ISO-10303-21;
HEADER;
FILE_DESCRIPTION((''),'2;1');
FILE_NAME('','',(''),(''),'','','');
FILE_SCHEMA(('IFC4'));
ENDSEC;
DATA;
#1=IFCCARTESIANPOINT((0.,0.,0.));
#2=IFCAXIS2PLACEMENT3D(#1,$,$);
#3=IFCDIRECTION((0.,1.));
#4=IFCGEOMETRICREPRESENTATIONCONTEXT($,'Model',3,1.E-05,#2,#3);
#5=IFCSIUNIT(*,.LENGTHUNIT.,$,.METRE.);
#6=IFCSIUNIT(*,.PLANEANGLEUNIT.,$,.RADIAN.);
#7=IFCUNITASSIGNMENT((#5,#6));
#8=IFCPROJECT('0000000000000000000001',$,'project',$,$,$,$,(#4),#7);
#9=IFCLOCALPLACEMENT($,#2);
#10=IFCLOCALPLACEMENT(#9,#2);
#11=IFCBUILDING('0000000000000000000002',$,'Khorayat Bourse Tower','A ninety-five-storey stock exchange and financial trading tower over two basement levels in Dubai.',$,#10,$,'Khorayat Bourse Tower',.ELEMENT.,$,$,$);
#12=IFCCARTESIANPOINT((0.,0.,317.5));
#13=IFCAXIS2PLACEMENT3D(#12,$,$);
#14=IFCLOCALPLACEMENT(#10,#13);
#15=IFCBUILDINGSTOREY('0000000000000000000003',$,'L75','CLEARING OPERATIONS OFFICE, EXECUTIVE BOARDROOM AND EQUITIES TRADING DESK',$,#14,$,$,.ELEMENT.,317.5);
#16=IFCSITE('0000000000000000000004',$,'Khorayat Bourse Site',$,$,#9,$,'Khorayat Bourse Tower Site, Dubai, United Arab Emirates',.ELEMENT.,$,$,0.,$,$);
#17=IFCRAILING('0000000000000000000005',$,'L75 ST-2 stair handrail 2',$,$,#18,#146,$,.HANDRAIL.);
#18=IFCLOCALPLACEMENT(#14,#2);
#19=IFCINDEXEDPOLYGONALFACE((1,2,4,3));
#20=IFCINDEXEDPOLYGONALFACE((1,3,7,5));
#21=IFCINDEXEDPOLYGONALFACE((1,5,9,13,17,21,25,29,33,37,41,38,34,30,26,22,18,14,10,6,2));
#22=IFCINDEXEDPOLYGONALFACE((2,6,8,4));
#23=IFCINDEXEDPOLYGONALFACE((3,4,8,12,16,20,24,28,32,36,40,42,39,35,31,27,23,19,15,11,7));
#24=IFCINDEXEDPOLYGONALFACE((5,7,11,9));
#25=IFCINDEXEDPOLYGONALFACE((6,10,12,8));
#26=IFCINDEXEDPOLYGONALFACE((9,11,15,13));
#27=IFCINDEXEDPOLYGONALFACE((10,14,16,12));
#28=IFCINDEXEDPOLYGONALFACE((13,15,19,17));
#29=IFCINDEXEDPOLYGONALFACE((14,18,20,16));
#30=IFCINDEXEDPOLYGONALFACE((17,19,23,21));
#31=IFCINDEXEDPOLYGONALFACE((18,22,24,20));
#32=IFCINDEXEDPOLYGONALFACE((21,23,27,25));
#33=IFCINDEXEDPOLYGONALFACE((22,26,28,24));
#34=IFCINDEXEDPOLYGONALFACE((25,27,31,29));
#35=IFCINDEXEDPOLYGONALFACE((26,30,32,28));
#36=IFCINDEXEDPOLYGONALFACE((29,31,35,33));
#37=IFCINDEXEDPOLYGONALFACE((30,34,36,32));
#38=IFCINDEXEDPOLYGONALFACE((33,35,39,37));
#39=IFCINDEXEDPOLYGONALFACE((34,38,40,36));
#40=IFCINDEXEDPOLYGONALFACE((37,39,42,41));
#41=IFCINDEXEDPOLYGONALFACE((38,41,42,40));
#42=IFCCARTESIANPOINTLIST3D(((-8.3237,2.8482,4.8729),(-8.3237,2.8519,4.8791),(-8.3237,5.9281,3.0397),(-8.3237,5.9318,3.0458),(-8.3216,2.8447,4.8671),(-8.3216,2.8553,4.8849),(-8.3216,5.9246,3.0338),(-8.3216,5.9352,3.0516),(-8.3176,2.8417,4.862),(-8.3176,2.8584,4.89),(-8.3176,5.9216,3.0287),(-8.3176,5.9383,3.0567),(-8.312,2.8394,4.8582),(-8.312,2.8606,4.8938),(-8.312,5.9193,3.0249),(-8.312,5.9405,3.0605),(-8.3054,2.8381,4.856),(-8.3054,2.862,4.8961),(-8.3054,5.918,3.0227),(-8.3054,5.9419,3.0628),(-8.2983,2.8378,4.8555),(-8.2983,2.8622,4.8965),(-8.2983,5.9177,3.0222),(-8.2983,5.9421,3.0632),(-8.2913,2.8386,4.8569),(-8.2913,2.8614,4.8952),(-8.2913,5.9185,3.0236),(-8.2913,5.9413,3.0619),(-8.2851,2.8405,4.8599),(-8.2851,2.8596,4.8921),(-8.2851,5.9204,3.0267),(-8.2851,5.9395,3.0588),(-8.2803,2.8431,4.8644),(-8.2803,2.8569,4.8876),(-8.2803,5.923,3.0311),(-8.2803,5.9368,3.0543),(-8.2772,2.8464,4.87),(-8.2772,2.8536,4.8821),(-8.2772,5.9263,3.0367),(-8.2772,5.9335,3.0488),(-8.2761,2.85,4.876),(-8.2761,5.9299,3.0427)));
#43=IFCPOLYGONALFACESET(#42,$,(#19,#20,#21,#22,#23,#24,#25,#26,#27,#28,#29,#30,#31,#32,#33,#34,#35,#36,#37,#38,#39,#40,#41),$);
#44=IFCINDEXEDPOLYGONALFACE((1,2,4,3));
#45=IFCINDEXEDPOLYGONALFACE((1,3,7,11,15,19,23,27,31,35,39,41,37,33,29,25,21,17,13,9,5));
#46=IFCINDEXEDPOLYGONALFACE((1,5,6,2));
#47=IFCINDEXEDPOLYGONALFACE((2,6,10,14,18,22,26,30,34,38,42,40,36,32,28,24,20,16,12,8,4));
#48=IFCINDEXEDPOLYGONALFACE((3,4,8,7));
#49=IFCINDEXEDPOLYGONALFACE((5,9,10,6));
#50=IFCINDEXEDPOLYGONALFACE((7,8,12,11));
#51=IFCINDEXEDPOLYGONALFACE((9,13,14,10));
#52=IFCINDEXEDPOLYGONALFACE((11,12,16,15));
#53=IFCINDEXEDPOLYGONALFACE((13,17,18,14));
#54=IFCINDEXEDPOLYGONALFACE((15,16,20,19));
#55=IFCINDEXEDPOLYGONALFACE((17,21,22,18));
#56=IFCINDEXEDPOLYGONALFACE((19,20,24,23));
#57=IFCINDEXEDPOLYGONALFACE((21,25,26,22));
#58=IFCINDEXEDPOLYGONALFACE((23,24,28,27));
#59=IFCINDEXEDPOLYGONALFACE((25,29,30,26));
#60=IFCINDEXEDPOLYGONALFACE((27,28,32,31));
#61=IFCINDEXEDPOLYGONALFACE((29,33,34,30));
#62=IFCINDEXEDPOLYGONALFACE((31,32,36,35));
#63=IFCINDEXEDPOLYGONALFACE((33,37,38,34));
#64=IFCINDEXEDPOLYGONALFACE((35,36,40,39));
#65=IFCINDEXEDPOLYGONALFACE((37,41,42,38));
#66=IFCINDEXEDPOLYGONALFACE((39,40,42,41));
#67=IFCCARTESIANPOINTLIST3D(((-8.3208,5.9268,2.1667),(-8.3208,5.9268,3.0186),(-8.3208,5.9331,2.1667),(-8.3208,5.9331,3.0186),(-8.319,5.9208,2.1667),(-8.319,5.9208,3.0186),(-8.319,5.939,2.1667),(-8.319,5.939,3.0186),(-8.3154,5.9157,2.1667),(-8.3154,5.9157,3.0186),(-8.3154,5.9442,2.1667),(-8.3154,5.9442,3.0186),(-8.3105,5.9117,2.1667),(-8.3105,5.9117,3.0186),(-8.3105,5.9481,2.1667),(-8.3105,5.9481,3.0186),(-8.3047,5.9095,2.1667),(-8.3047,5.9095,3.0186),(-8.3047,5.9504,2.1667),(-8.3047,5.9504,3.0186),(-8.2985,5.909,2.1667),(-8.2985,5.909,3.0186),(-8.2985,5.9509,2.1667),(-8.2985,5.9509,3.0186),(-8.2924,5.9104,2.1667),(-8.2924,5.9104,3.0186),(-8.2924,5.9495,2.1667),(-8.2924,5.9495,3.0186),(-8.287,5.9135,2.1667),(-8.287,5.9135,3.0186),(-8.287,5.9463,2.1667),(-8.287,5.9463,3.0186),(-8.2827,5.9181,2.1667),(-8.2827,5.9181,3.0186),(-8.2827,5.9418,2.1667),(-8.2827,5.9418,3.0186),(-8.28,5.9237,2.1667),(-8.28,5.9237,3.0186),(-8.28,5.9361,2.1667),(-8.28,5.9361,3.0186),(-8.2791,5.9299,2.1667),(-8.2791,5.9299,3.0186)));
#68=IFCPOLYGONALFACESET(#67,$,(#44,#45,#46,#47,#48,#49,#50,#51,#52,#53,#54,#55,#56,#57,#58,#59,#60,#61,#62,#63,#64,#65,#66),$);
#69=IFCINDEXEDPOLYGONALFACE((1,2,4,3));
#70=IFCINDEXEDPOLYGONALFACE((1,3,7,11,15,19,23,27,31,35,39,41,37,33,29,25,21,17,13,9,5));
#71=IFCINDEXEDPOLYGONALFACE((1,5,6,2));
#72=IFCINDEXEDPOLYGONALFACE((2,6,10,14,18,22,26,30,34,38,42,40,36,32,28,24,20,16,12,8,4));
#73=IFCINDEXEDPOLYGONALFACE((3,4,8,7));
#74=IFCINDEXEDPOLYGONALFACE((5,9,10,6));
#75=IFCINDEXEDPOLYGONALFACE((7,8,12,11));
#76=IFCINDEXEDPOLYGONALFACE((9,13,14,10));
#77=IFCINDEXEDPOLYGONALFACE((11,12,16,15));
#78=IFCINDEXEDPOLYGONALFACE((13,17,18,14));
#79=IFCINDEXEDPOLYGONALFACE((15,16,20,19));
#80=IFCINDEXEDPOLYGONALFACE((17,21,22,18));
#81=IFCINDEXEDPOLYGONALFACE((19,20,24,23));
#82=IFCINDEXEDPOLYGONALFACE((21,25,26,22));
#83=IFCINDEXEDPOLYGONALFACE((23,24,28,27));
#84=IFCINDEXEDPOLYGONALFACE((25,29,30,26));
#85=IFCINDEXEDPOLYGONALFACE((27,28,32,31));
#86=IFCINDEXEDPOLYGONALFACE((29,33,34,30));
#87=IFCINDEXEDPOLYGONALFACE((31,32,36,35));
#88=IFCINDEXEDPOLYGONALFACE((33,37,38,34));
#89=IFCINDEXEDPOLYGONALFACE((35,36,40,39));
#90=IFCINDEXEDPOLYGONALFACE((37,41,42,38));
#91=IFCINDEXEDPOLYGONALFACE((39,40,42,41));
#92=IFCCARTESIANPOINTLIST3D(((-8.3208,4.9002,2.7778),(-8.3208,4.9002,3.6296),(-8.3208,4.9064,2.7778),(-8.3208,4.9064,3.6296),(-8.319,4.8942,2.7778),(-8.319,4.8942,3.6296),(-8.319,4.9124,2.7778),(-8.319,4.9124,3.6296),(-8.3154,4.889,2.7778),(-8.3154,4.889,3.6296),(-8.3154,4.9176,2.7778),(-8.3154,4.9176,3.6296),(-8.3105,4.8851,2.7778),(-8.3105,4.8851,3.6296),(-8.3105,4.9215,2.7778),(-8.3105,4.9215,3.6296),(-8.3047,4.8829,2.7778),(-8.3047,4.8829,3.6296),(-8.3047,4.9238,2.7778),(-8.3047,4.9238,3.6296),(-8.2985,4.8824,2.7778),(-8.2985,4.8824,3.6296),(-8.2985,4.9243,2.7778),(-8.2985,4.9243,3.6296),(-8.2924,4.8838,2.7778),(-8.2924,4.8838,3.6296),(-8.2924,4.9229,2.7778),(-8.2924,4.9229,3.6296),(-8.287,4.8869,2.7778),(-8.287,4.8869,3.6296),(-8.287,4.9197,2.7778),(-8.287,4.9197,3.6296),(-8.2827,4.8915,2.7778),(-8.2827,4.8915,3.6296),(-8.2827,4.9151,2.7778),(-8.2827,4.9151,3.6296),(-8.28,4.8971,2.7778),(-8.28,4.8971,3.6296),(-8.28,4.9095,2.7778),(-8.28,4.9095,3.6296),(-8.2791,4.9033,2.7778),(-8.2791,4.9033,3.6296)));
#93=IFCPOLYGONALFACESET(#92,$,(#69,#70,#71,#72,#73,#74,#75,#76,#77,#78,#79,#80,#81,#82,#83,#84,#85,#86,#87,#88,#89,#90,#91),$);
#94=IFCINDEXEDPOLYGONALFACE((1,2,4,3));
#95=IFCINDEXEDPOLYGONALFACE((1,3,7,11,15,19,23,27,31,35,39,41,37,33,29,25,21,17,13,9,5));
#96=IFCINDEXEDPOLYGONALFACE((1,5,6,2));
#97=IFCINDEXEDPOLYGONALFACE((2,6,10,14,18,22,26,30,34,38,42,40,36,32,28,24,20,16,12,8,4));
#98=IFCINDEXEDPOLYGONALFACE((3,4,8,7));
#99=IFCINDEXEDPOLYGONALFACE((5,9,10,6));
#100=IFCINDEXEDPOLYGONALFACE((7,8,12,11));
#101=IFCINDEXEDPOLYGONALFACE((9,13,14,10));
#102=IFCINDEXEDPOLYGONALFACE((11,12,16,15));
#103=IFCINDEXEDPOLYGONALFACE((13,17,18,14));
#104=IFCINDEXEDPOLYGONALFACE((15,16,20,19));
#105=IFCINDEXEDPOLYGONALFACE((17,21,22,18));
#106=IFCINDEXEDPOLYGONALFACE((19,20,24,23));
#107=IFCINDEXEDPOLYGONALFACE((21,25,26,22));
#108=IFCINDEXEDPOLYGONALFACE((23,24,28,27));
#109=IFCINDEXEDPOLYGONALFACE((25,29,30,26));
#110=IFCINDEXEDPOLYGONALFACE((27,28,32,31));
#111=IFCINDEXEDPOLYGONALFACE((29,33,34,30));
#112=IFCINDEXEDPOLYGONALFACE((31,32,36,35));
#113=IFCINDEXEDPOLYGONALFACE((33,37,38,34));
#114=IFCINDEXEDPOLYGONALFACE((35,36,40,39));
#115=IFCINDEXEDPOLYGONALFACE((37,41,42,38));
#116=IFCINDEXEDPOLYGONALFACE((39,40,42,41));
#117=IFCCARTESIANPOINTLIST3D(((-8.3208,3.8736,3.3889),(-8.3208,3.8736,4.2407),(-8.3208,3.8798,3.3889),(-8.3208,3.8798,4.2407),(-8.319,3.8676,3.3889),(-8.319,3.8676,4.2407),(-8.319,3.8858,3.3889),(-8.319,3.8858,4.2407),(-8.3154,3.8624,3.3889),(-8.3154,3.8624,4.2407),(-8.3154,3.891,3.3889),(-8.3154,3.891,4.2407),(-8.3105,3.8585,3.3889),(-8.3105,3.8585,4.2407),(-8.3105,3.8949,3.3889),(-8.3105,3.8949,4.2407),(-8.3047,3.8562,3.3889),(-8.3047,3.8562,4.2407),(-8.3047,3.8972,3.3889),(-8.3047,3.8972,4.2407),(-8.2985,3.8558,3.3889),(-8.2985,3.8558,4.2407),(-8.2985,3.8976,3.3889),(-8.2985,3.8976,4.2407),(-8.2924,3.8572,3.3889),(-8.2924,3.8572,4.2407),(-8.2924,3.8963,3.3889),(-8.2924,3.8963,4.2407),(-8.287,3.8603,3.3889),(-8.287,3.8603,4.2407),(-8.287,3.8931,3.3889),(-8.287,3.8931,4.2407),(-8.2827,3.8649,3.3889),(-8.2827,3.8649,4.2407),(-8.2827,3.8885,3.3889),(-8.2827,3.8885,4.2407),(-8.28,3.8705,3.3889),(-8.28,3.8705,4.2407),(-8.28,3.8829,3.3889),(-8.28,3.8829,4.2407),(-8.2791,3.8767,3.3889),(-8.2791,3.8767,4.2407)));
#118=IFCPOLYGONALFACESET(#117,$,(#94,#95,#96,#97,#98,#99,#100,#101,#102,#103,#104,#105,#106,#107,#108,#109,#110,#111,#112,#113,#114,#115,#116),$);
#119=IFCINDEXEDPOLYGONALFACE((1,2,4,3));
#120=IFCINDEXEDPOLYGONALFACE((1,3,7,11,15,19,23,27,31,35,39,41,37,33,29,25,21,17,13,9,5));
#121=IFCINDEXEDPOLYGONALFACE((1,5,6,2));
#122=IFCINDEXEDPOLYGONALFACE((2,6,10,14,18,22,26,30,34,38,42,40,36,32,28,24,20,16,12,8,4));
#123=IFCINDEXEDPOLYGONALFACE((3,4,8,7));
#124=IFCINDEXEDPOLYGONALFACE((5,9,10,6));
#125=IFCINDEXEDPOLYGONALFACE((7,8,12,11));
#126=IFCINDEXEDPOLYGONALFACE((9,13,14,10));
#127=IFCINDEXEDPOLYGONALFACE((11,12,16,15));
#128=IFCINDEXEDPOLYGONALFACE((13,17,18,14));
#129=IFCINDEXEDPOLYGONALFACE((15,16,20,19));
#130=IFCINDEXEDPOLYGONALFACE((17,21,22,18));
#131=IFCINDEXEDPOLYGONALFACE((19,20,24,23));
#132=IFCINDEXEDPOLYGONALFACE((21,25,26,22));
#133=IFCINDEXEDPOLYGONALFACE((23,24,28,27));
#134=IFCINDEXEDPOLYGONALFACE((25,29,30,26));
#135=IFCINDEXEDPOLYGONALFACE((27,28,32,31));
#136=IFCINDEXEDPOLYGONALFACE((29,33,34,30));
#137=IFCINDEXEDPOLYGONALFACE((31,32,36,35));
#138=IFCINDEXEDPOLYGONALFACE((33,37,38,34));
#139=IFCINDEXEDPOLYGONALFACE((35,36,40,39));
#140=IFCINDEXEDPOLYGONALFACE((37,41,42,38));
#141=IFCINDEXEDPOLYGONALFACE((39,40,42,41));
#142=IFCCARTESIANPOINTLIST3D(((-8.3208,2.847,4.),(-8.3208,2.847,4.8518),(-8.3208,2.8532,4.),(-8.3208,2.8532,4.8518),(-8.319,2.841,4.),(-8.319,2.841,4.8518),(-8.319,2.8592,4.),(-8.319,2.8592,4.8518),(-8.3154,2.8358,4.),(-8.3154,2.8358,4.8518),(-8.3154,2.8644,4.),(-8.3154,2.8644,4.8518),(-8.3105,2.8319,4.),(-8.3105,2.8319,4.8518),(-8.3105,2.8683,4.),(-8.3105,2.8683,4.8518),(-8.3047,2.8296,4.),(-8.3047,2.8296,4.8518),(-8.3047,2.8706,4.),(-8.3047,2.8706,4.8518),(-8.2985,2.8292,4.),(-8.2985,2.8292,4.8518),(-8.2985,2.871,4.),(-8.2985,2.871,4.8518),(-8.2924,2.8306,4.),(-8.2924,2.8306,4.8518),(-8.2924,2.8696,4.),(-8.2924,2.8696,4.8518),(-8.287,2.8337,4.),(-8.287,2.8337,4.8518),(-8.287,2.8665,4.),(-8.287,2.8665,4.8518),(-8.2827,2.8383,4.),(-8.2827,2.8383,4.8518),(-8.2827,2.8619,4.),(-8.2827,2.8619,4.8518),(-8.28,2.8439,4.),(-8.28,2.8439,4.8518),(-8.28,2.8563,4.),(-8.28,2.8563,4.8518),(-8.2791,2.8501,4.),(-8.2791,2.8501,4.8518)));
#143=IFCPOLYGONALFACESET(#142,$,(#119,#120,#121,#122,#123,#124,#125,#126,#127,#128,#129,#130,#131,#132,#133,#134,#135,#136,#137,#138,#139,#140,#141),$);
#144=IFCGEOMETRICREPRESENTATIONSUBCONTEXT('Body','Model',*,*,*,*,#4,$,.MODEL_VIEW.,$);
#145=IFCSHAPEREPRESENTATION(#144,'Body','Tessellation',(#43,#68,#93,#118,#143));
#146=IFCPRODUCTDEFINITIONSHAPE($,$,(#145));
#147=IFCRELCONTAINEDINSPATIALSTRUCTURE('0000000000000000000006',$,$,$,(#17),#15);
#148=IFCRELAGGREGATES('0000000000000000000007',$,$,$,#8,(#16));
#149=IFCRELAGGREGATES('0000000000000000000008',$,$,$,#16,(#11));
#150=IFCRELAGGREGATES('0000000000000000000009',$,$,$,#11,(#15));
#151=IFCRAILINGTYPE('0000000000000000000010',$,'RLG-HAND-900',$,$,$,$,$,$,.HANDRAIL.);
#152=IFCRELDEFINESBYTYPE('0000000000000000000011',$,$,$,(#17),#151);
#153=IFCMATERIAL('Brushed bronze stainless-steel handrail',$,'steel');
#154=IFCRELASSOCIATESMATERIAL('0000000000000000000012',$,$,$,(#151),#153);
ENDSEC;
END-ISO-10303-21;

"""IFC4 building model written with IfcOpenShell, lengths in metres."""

from ifc_helpers import new_model, si_unit, direction, frame, origin, origin_2d, place, context, subcontext, project, spatial, circle, extrude, source, transform, mapped, material, type_object, element, save


model = new_model("IFC4")

# Units and contexts
model_context = context("Model", 3, precision=1e-05, world=origin(), true_north=direction((0.0, 1.0)))
body_context = subcontext(model_context, "Body", "Model", "MODEL_VIEW")
ifc_project = project(units=[si_unit("LENGTHUNIT", "METRE"), si_unit("PLANEANGLEUNIT", "RADIAN")], contexts=[model_context])

# Site, building, storey
site_placement = place(None, origin())
site = spatial("IfcSite", under=ifc_project, at=site_placement, Name="Khorayat Bourse Site", LongName="Khorayat Bourse Tower Site, Dubai, United Arab Emirates", CompositionType="ELEMENT", RefElevation=0.0)
building_placement = place(site_placement, origin())
building = spatial("IfcBuilding", under=site, at=building_placement, Name="Khorayat Bourse Tower", Description="A ninety-five-storey stock exchange and financial trading tower over two basement levels in Dubai.", LongName="Khorayat Bourse Tower", CompositionType="ELEMENT")
storey_placement = place(building_placement, frame((0.0, 0.0, 317.5)))
storey = spatial("IfcBuildingStorey", under=building, at=storey_placement, Name="L75", Description="CLEARING OPERATIONS OFFICE, EXECUTIVE BOARDROOM AND EQUITIES TRADING DESK", CompositionType="ELEMENT", Elevation=317.5)

# Railing
ifc_material_1 = material(Name="Brushed bronze stainless-steel handrail", Category="steel")
railing_type_1 = type_object("IfcRailingType", Name="RLG-HAND-900", PredefinedType="HANDRAIL", material=ifc_material_1)
shared_shape_1 = source(origin(), body_context, "Body", "SweptSolid", [
    extrude(circle(Radius=0.0239, at=origin_2d()), frame((0.0, 0.0, 0.876), z_axis=(0.0, -0.859291, 0.511487), x_axis=(1.0, 0.0, 0.0)), (0.0, 0.0, 1.0), 3.5842),
    extrude(circle(Radius=0.021, at=origin_2d()), origin(), (0.0, 0.0, 1.0), 0.8518),
    extrude(circle(Radius=0.021, at=origin_2d()), frame((0.0, -1.0266, 0.6111)), (0.0, 0.0, 1.0), 0.8518),
    extrude(circle(Radius=0.021, at=origin_2d()), frame((0.0, -2.0532, 1.2222)), (0.0, 0.0, 1.0), 0.8518),
    extrude(circle(Radius=0.021, at=origin_2d()), frame((0.0, -3.0798, 1.8333)), (0.0, 0.0, 1.0), 0.8518),
])
railing_1_placement = place(storey_placement, frame((-8.3, 5.9299, 2.1667)))
element("IfcRailing", 1, at=railing_1_placement, inside=storey, type_object=railing_type_1, Name="L75 ST-2 stair handrail 2", PredefinedType="HANDRAIL", context=body_context, shape_type="MappedRepresentation", body=[
    mapped(shared_shape_1, transform((0.0, 0.0, 0.0), scale=1.0)),
])

save(model, "model.ifc")
